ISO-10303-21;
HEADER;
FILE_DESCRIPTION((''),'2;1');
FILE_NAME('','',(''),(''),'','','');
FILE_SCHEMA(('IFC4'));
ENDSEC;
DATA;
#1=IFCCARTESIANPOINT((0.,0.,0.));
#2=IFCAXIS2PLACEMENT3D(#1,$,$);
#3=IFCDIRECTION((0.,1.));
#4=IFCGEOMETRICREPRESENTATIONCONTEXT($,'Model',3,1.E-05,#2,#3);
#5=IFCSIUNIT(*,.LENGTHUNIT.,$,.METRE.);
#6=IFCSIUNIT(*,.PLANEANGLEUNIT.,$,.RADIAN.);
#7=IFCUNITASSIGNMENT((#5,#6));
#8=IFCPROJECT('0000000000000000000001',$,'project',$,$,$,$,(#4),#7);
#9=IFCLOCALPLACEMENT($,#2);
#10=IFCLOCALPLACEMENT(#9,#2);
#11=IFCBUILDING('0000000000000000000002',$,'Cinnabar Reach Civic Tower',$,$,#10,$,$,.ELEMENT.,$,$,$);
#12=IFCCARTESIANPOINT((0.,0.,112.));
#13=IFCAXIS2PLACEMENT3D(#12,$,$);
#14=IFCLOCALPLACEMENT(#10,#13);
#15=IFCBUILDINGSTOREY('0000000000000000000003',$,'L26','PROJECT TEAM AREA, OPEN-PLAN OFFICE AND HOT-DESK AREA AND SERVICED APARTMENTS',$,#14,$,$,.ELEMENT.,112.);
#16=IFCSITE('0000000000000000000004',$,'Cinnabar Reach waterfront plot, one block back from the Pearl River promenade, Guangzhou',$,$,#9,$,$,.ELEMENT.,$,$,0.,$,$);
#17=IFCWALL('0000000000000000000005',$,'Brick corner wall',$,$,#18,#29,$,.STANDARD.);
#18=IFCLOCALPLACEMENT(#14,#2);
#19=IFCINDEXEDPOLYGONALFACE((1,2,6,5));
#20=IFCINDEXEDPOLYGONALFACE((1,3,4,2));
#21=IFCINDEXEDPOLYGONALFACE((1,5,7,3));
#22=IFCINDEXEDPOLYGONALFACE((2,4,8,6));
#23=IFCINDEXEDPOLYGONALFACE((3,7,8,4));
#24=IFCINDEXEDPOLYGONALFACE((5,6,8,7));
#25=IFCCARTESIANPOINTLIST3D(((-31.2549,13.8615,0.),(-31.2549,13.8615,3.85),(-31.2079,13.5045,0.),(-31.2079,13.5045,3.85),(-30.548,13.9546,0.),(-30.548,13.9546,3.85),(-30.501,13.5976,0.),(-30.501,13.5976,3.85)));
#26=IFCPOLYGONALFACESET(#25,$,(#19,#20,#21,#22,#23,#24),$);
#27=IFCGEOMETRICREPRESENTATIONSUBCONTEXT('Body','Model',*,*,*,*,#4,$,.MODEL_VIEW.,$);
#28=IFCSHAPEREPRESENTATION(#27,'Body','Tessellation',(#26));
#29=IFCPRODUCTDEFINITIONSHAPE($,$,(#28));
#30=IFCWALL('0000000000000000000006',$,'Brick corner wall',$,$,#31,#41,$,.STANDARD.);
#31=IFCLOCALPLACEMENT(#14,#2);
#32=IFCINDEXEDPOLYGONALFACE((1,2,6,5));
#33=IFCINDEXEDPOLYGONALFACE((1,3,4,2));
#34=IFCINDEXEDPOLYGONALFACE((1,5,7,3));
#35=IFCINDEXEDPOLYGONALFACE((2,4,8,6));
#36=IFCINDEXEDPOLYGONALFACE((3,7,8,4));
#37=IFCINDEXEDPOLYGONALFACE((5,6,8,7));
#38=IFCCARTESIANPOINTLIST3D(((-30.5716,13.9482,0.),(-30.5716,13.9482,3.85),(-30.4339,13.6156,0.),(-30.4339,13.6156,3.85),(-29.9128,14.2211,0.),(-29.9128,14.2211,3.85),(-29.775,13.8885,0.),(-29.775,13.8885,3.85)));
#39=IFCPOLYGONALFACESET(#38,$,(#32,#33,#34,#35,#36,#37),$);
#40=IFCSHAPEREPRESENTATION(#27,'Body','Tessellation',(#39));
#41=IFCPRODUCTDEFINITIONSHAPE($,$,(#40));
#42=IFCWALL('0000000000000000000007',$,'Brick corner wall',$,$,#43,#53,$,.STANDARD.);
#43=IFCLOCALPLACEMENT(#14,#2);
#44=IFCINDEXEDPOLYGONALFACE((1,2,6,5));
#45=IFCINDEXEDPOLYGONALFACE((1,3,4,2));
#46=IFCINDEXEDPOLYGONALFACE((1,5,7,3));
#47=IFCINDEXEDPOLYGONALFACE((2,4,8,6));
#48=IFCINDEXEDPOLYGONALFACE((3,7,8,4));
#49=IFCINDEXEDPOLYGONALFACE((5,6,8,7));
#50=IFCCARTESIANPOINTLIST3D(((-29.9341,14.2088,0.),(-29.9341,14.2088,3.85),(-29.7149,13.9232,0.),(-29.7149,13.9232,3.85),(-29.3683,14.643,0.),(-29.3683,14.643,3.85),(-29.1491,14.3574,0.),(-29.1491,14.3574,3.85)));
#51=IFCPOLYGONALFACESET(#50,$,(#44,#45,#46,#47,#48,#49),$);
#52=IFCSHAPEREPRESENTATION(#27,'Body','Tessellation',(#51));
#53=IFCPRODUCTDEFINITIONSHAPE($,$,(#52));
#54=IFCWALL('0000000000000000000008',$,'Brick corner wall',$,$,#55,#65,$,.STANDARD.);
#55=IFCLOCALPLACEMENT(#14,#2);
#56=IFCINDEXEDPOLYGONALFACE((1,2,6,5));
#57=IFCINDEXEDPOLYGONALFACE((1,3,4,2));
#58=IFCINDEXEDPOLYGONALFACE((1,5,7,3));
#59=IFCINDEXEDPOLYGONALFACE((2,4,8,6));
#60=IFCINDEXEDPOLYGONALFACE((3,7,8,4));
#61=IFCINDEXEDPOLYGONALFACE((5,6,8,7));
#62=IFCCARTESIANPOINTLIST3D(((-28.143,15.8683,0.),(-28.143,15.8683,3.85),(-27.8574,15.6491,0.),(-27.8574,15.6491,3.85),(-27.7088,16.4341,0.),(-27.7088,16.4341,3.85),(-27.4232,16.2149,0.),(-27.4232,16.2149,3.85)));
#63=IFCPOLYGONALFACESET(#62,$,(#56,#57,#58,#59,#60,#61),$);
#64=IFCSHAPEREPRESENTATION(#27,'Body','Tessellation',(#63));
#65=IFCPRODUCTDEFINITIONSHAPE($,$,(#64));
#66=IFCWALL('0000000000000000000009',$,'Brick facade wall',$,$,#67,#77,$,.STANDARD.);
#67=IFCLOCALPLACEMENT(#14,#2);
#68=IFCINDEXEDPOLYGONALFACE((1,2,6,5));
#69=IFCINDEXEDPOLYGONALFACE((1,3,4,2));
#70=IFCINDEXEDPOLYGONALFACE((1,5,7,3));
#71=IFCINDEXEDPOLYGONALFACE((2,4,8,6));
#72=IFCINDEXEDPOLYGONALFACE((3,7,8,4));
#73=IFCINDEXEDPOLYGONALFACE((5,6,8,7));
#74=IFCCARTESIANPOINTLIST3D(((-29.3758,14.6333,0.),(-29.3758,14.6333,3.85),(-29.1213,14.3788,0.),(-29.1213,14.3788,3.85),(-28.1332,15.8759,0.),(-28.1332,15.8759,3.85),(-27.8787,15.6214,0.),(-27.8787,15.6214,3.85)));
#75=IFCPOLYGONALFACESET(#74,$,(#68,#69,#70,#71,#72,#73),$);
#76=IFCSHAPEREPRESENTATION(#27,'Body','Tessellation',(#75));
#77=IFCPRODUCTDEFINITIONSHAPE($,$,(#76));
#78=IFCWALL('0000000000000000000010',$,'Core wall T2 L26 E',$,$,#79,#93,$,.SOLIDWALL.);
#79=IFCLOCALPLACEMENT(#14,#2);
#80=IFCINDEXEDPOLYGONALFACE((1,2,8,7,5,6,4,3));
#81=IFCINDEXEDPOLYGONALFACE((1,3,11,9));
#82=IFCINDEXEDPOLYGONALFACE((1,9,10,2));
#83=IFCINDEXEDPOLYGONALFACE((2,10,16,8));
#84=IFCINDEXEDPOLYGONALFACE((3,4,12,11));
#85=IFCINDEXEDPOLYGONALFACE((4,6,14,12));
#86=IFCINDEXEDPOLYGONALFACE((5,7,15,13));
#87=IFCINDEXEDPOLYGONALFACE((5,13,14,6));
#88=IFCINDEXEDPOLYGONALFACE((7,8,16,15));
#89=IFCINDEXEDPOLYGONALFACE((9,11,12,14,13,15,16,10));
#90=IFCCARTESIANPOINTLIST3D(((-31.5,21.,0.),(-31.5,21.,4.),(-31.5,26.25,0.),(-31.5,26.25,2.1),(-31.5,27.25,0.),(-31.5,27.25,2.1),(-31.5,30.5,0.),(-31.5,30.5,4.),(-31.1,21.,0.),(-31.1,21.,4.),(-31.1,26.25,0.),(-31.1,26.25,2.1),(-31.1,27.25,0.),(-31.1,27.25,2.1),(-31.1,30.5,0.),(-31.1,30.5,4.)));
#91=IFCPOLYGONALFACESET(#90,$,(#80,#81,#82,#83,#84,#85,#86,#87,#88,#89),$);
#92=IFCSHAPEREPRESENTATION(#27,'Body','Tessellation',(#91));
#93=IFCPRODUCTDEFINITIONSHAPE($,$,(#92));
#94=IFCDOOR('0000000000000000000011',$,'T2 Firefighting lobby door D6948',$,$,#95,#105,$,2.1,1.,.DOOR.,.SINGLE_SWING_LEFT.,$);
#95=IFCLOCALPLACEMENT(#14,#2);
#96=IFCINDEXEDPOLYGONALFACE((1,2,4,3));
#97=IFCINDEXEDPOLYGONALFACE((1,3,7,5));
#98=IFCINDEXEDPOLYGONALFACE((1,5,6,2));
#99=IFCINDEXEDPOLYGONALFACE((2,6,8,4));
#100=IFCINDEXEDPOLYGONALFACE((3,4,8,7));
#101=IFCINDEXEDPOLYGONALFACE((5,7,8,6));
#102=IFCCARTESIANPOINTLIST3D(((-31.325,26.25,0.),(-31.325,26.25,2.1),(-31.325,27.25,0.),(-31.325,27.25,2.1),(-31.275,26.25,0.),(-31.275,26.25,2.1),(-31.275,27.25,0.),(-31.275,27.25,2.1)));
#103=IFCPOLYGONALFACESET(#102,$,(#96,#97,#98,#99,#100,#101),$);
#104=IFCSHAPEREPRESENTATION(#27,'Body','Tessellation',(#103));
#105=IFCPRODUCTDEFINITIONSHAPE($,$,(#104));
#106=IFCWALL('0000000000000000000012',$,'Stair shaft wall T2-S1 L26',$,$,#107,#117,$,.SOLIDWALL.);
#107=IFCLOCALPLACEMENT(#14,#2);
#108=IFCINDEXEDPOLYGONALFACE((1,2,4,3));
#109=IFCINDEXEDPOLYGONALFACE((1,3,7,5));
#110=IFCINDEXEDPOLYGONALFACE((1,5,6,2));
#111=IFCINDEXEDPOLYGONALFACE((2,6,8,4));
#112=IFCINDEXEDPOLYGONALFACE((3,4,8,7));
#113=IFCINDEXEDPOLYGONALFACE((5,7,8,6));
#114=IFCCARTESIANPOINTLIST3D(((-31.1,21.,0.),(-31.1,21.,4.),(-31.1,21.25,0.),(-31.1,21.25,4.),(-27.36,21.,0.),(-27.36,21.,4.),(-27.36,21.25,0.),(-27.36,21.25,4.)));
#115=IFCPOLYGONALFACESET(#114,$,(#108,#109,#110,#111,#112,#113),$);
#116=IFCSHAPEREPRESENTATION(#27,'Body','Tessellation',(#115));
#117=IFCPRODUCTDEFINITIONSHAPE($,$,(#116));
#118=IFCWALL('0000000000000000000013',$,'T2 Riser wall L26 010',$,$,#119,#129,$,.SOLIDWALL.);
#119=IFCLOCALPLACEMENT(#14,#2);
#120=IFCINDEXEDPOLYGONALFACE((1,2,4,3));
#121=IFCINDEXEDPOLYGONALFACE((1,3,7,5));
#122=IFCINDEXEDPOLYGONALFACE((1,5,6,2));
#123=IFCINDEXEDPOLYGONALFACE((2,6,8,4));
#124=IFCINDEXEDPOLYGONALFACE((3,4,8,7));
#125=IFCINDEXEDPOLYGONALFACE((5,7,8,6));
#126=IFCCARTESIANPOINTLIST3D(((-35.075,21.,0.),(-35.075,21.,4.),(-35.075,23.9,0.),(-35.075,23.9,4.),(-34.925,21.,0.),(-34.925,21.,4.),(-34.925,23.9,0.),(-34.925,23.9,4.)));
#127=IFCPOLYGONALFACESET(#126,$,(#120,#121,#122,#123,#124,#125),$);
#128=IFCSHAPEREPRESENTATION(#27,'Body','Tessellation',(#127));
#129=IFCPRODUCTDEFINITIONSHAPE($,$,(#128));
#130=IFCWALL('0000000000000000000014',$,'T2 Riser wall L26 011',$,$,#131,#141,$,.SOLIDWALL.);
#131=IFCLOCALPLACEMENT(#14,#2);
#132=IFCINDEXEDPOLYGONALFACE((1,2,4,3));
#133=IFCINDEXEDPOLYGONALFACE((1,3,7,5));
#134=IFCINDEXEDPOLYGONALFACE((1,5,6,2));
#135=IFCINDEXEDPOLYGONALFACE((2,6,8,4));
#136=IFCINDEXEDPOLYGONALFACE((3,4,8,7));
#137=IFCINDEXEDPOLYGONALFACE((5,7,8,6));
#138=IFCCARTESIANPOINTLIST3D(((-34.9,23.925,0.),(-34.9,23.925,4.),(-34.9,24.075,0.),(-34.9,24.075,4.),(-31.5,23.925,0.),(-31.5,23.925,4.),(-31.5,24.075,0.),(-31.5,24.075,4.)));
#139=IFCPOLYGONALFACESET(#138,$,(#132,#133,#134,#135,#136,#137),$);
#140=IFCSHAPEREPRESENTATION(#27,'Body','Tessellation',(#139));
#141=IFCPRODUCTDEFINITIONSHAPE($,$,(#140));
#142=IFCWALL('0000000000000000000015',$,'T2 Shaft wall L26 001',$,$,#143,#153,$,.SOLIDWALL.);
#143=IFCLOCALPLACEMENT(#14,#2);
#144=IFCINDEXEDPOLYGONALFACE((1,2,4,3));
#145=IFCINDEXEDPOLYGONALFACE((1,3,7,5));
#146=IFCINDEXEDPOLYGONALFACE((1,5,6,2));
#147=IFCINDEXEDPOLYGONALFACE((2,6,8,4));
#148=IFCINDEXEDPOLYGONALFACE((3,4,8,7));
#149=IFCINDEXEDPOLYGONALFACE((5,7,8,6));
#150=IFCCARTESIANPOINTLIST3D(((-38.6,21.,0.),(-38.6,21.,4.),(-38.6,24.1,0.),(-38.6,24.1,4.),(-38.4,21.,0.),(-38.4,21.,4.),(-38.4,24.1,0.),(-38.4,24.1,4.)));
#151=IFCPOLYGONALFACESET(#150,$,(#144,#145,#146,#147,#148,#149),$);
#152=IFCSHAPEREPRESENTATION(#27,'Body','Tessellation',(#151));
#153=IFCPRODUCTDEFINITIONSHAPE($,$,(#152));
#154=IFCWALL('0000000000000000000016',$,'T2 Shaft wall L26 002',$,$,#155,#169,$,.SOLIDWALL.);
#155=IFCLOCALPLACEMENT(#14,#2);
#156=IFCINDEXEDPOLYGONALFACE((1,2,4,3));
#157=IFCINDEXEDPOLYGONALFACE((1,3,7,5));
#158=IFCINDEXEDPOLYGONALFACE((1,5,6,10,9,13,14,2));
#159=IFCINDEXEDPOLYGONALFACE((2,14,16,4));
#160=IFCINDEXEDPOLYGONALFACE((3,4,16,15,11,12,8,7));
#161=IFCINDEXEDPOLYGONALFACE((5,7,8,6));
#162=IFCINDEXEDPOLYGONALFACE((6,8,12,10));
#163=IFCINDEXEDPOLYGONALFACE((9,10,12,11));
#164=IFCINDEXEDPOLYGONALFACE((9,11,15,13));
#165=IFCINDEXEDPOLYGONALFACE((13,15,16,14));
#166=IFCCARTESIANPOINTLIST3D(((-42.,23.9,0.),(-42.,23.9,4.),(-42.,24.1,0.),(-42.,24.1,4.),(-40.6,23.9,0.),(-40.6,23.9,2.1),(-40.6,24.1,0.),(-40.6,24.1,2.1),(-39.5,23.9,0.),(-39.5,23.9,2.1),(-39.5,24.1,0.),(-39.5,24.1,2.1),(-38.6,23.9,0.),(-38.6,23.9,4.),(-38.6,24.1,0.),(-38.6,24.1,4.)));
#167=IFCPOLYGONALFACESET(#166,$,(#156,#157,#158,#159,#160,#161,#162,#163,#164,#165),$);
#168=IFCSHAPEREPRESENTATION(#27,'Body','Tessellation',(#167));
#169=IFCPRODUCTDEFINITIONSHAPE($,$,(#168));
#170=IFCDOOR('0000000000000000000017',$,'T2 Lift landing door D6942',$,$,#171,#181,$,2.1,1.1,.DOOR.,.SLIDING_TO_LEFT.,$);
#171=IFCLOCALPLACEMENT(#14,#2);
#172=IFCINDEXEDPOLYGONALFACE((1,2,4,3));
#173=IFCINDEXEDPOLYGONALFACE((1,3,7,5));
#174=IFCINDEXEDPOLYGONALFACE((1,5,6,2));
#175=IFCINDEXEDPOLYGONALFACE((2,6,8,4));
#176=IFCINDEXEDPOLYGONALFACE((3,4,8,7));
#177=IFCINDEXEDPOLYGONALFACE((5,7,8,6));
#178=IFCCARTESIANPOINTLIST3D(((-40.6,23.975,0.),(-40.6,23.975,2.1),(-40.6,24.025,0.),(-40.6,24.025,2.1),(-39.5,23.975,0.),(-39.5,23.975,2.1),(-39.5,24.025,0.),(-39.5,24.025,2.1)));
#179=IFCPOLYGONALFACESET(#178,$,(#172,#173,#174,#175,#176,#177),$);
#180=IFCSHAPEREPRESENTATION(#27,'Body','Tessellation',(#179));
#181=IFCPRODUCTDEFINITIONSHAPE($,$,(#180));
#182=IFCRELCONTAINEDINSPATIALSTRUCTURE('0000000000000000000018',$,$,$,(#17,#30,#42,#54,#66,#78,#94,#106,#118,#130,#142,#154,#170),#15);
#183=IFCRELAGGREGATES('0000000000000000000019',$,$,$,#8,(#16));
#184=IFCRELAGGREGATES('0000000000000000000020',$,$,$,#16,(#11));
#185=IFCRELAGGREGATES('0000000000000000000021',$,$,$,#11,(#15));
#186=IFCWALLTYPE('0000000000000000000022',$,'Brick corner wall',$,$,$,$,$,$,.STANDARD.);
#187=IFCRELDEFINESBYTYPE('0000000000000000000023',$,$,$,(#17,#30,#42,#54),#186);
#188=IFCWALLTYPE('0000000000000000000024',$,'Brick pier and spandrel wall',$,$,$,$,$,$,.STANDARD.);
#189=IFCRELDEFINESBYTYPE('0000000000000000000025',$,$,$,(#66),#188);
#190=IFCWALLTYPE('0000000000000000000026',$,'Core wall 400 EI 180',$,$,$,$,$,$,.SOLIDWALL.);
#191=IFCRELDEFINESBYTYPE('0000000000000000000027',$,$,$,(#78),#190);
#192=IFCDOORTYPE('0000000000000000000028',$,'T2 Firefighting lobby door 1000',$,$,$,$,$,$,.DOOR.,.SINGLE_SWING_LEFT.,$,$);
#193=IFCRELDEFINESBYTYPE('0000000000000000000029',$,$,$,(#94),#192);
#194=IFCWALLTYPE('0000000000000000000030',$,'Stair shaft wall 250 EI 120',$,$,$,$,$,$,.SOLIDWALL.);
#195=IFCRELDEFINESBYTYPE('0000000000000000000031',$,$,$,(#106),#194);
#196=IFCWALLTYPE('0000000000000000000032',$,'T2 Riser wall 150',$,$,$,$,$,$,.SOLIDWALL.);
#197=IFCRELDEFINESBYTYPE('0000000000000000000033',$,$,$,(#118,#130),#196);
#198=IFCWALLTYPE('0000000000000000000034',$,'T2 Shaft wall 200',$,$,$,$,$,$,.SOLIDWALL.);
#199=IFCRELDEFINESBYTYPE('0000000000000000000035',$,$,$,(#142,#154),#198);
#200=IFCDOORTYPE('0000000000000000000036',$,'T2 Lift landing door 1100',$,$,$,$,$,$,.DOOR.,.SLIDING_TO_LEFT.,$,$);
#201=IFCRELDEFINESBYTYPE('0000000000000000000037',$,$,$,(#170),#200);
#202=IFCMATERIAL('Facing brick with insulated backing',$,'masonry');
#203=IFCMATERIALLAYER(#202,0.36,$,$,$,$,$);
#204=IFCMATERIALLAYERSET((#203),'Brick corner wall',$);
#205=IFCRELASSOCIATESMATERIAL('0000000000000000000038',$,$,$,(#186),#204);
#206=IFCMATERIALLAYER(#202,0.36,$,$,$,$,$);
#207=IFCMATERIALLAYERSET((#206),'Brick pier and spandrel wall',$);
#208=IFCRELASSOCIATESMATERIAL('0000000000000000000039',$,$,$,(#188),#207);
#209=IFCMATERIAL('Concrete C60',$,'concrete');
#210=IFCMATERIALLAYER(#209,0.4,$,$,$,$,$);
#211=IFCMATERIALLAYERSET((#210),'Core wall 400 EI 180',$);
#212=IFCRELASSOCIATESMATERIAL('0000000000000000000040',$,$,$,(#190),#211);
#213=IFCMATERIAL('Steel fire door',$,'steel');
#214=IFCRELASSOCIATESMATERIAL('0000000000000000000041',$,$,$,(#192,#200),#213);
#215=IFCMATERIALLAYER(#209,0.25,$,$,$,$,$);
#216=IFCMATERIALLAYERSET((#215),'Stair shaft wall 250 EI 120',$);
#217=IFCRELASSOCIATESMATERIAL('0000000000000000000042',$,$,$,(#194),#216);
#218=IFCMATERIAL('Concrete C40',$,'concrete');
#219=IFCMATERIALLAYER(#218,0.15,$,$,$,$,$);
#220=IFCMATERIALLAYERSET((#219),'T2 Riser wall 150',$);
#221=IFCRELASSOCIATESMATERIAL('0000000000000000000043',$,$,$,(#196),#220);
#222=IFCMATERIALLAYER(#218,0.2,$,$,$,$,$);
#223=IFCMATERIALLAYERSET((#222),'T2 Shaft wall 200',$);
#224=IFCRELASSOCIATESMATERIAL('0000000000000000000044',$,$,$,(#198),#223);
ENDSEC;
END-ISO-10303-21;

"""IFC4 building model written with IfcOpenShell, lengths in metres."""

from ifc_helpers import new_model, si_unit, direction, frame, frame_2d, origin, place, context, subcontext, project, spatial, rectangle, extrude, material, layer, layer_set, type_object, element, fill, save


model = new_model("IFC4")

# Units and contexts
model_context = context("Model", 3, precision=1e-05, world=origin(), true_north=direction((0.0, 1.0)))
body_context = subcontext(model_context, "Body", "Model", "MODEL_VIEW")
ifc_project = project(units=[si_unit("LENGTHUNIT", "METRE"), si_unit("PLANEANGLEUNIT", "RADIAN")], contexts=[model_context])

# Site, building, storey
site_placement = place(None, origin())
site = spatial("IfcSite", under=ifc_project, at=site_placement, Name="Cinnabar Reach waterfront plot, one block back from the Pearl River promenade, Guangzhou", CompositionType="ELEMENT", RefElevation=0.0)
building_placement = place(site_placement, origin())
building = spatial("IfcBuilding", under=site, at=building_placement, Name="Cinnabar Reach Civic Tower", CompositionType="ELEMENT")
storey_placement = place(building_placement, frame((0.0, 0.0, 112.0)))
storey = spatial("IfcBuildingStorey", under=building, at=storey_placement, Name="L26", Description="PROJECT TEAM AREA, OPEN-PLAN OFFICE AND HOT-DESK AREA AND SERVICED APARTMENTS", CompositionType="ELEMENT", Elevation=112.0)

# Shared definitions
ifc_material_1 = material(Name="Concrete C60", Category="concrete")

# Walls
ifc_material_2 = material(Name="Facing brick with insulated backing", Category="masonry")
ifc_layer_1 = layer(ifc_material_2, 0.36)
ifc_layer_set_1 = layer_set([ifc_layer_1], Name="Brick corner wall")
wall_type_1 = type_object("IfcWallType", Name="Brick corner wall", PredefinedType="STANDARD", material=ifc_layer_set_1)
for number, where, z_axis, x_axis, name in (
    (1, (-31.2314, 13.683, 0.0), (0.0, 0.0, 1.0), (0.991441, 0.130556, 0.0), "Brick corner wall"),
    (2, (-30.5027, 13.7819, 0.0), (0.0, 0.0, 1.0), (0.923872, 0.382703, 0.0), "Brick corner wall"),
):
    element("IfcWall", number, at=place(storey_placement, frame(where, z_axis=z_axis, x_axis=x_axis)), inside=storey, type_object=wall_type_1, Name=name, PredefinedType="STANDARD", context=body_context, shape_type="SweptSolid", body=[
        extrude(rectangle(XDim=0.7131, YDim=0.36, at=frame_2d((0.3565, 0.0))), origin(), (0.0, 0.0, 1.0), 3.85),
    ])
for number, where, z_axis, x_axis, name in (
    (3, (-29.8245, 14.066, 0.0), (0.0, 0.0, 1.0), (0.793322, 0.608802, 0.0), "Brick corner wall"),
    (4, (-28.0002, 15.7587, 0.0), (0.0, 0.0, 1.0), (0.608802, 0.793322, 0.0), "Brick corner wall"),
):
    element("IfcWall", number, at=place(storey_placement, frame(where, z_axis=z_axis, x_axis=x_axis)), inside=storey, type_object=wall_type_1, Name=name, PredefinedType="STANDARD", context=body_context, shape_type="SweptSolid", body=[
        extrude(rectangle(XDim=0.7132, YDim=0.36, at=frame_2d((0.3566, 0.0))), origin(), (0.0, 0.0, 1.0), 3.85),
    ])
ifc_layer_2 = layer(ifc_material_2, 0.36)
ifc_layer_set_2 = layer_set([ifc_layer_2], Name="Brick pier and spandrel wall")
wall_type_2 = type_object("IfcWallType", Name="Brick pier and spandrel wall", PredefinedType="STANDARD", material=ifc_layer_set_2)
wall_1_placement = place(storey_placement, frame((-29.2486, 14.506, 0.0), z_axis=(0.0, 0.0, 1.0), x_axis=(0.707107, 0.707107, 0.0)))
element("IfcWall", 5, at=wall_1_placement, inside=storey, type_object=wall_type_2, Name="Brick facade wall", PredefinedType="STANDARD", context=body_context, shape_type="SweptSolid", body=[
    extrude(rectangle(XDim=1.7573, YDim=0.36, at=frame_2d((0.8787, 0.0))), origin(), (0.0, 0.0, 1.0), 3.85),
])

# Wall, opening, door
ifc_layer_3 = layer(ifc_material_1, 0.4)
ifc_layer_set_3 = layer_set([ifc_layer_3], Name="Core wall 400 EI 180")
wall_type_3 = type_object("IfcWallType", Name="Core wall 400 EI 180", PredefinedType="SOLIDWALL", material=ifc_layer_set_3)
wall_2_placement = place(storey_placement, frame((-31.3, 21.0, 0.0), z_axis=(0.0, 0.0, 1.0), x_axis=(0.0, 1.0, 0.0)))
wall_2 = element("IfcWall", 6, at=wall_2_placement, inside=storey, type_object=wall_type_3, Name="Core wall T2 L26 E", PredefinedType="SOLIDWALL", context=body_context, shape_type="SweptSolid", body=[
    extrude(rectangle(XDim=9.5, YDim=0.4, at=frame_2d((4.75, 0.0))), origin(), (0.0, 0.0, 1.0), 4.0),
])
opening_1_placement = place(wall_2_placement, frame((5.25, 0.0, 0.0)))
opening_1 = element("IfcOpeningElement", 7, at=opening_1_placement, cuts=wall_2, PredefinedType="OPENING", context=body_context, shape_type="SweptSolid", body=[
    extrude(rectangle(XDim=1.0, YDim=2.1, at=frame_2d((0.5, 1.05))), frame((0.0, 0.21, 0.0), z_axis=(0.0, -1.0, 0.0), x_axis=(1.0, 0.0, 0.0)), (0.0, 0.0, 1.0), 0.42),
])
ifc_material_3 = material(Name="Steel fire door", Category="steel")
door_type_1 = type_object("IfcDoorType", Name="T2 Firefighting lobby door 1000", OperationType="SINGLE_SWING_LEFT", PredefinedType="DOOR", material=ifc_material_3)
door_1_placement = place(opening_1_placement, frame((1.0, 0.0, 0.0), z_axis=(0.0, 0.0, 1.0), x_axis=(-1.0, 0.0, 0.0)))
door_1 = element("IfcDoor", 8, at=door_1_placement, inside=storey, type_object=door_type_1, Name="T2 Firefighting lobby door D6948", OperationType="SINGLE_SWING_LEFT", OverallHeight=2.1, OverallWidth=1.0, PredefinedType="DOOR", context=body_context, shape_type="SweptSolid", body=[
    extrude(rectangle(XDim=1.0, YDim=2.1, at=frame_2d((0.5, 1.05))), frame((0.0, 0.025, 0.0), z_axis=(0.0, -1.0, 0.0), x_axis=(1.0, 0.0, 0.0)), (0.0, 0.0, 1.0), 0.05),
])
fill(opening_1, door_1)

# Walls
ifc_layer_4 = layer(ifc_material_1, 0.25)
ifc_layer_set_4 = layer_set([ifc_layer_4], Name="Stair shaft wall 250 EI 120")
wall_type_4 = type_object("IfcWallType", Name="Stair shaft wall 250 EI 120", PredefinedType="SOLIDWALL", material=ifc_layer_set_4)
wall_3_placement = place(storey_placement, frame((-31.1, 21.125, 0.0), z_axis=(0.0, 0.0, 1.0), x_axis=(1.0, 0.0, 0.0)))
element("IfcWall", 9, at=wall_3_placement, inside=storey, type_object=wall_type_4, Name="Stair shaft wall T2-S1 L26", PredefinedType="SOLIDWALL", context=body_context, shape_type="SweptSolid", body=[
    extrude(rectangle(XDim=3.74, YDim=0.25, at=frame_2d((1.87, 0.0))), origin(), (0.0, 0.0, 1.0), 4.0),
])
ifc_material_4 = material(Name="Concrete C40", Category="concrete")
ifc_layer_5 = layer(ifc_material_4, 0.15)
ifc_layer_set_5 = layer_set([ifc_layer_5], Name="T2 Riser wall 150")
wall_type_5 = type_object("IfcWallType", Name="T2 Riser wall 150", PredefinedType="SOLIDWALL", material=ifc_layer_set_5)
wall_4_placement = place(storey_placement, frame((-35.0, 21.0, 0.0), z_axis=(0.0, 0.0, 1.0), x_axis=(0.0, 1.0, 0.0)))
element("IfcWall", 10, at=wall_4_placement, inside=storey, type_object=wall_type_5, Name="T2 Riser wall L26 010", PredefinedType="SOLIDWALL", context=body_context, shape_type="SweptSolid", body=[
    extrude(rectangle(XDim=2.9, YDim=0.15, at=frame_2d((1.45, 0.0))), origin(), (0.0, 0.0, 1.0), 4.0),
])
wall_5_placement = place(storey_placement, frame((-31.5, 24.0, 0.0), z_axis=(0.0, 0.0, 1.0), x_axis=(-1.0, 0.0, 0.0)))
element("IfcWall", 11, at=wall_5_placement, inside=storey, type_object=wall_type_5, Name="T2 Riser wall L26 011", PredefinedType="SOLIDWALL", context=body_context, shape_type="SweptSolid", body=[
    extrude(rectangle(XDim=3.4, YDim=0.15, at=frame_2d((1.7, 0.0))), origin(), (0.0, 0.0, 1.0), 4.0),
])
ifc_layer_6 = layer(ifc_material_4, 0.2)
ifc_layer_set_6 = layer_set([ifc_layer_6], Name="T2 Shaft wall 200")
wall_type_6 = type_object("IfcWallType", Name="T2 Shaft wall 200", PredefinedType="SOLIDWALL", material=ifc_layer_set_6)
wall_6_placement = place(storey_placement, frame((-38.5, 21.0, 0.0), z_axis=(0.0, 0.0, 1.0), x_axis=(0.0, 1.0, 0.0)))
element("IfcWall", 12, at=wall_6_placement, inside=storey, type_object=wall_type_6, Name="T2 Shaft wall L26 001", PredefinedType="SOLIDWALL", context=body_context, shape_type="SweptSolid", body=[
    extrude(rectangle(XDim=3.1, YDim=0.2, at=frame_2d((1.55, 0.0))), origin(), (0.0, 0.0, 1.0), 4.0),
])

# Wall, opening, door
wall_7_placement = place(storey_placement, frame((-38.6, 24.0, 0.0), z_axis=(0.0, 0.0, 1.0), x_axis=(-1.0, 0.0, 0.0)))
wall_7 = element("IfcWall", 13, at=wall_7_placement, inside=storey, type_object=wall_type_6, Name="T2 Shaft wall L26 002", PredefinedType="SOLIDWALL", context=body_context, shape_type="SweptSolid", body=[
    extrude(rectangle(XDim=3.4, YDim=0.2, at=frame_2d((1.7, 0.0))), origin(), (0.0, 0.0, 1.0), 4.0),
])
opening_2_placement = place(wall_7_placement, frame((0.9, 0.0, 0.0)))
opening_2 = element("IfcOpeningElement", 14, at=opening_2_placement, cuts=wall_7, PredefinedType="OPENING", context=body_context, shape_type="SweptSolid", body=[
    extrude(rectangle(XDim=1.1, YDim=2.1, at=frame_2d((0.55, 1.05))), frame((0.0, 0.11, 0.0), z_axis=(0.0, -1.0, 0.0), x_axis=(1.0, 0.0, 0.0)), (0.0, 0.0, 1.0), 0.22),
])
door_type_2 = type_object("IfcDoorType", Name="T2 Lift landing door 1100", OperationType="SLIDING_TO_LEFT", PredefinedType="DOOR", material=ifc_material_3)
door_2_placement = place(opening_2_placement, origin())
door_2 = element("IfcDoor", 15, at=door_2_placement, inside=storey, type_object=door_type_2, Name="T2 Lift landing door D6942", OperationType="SLIDING_TO_LEFT", OverallHeight=2.1, OverallWidth=1.1, PredefinedType="DOOR", context=body_context, shape_type="SweptSolid", body=[
    extrude(rectangle(XDim=1.1, YDim=2.1, at=frame_2d((0.55, 1.05))), frame((0.0, 0.025, 0.0), z_axis=(0.0, -1.0, 0.0), x_axis=(1.0, 0.0, 0.0)), (0.0, 0.0, 1.0), 0.05),
])
fill(opening_2, door_2)

save(model, "model.ifc")
